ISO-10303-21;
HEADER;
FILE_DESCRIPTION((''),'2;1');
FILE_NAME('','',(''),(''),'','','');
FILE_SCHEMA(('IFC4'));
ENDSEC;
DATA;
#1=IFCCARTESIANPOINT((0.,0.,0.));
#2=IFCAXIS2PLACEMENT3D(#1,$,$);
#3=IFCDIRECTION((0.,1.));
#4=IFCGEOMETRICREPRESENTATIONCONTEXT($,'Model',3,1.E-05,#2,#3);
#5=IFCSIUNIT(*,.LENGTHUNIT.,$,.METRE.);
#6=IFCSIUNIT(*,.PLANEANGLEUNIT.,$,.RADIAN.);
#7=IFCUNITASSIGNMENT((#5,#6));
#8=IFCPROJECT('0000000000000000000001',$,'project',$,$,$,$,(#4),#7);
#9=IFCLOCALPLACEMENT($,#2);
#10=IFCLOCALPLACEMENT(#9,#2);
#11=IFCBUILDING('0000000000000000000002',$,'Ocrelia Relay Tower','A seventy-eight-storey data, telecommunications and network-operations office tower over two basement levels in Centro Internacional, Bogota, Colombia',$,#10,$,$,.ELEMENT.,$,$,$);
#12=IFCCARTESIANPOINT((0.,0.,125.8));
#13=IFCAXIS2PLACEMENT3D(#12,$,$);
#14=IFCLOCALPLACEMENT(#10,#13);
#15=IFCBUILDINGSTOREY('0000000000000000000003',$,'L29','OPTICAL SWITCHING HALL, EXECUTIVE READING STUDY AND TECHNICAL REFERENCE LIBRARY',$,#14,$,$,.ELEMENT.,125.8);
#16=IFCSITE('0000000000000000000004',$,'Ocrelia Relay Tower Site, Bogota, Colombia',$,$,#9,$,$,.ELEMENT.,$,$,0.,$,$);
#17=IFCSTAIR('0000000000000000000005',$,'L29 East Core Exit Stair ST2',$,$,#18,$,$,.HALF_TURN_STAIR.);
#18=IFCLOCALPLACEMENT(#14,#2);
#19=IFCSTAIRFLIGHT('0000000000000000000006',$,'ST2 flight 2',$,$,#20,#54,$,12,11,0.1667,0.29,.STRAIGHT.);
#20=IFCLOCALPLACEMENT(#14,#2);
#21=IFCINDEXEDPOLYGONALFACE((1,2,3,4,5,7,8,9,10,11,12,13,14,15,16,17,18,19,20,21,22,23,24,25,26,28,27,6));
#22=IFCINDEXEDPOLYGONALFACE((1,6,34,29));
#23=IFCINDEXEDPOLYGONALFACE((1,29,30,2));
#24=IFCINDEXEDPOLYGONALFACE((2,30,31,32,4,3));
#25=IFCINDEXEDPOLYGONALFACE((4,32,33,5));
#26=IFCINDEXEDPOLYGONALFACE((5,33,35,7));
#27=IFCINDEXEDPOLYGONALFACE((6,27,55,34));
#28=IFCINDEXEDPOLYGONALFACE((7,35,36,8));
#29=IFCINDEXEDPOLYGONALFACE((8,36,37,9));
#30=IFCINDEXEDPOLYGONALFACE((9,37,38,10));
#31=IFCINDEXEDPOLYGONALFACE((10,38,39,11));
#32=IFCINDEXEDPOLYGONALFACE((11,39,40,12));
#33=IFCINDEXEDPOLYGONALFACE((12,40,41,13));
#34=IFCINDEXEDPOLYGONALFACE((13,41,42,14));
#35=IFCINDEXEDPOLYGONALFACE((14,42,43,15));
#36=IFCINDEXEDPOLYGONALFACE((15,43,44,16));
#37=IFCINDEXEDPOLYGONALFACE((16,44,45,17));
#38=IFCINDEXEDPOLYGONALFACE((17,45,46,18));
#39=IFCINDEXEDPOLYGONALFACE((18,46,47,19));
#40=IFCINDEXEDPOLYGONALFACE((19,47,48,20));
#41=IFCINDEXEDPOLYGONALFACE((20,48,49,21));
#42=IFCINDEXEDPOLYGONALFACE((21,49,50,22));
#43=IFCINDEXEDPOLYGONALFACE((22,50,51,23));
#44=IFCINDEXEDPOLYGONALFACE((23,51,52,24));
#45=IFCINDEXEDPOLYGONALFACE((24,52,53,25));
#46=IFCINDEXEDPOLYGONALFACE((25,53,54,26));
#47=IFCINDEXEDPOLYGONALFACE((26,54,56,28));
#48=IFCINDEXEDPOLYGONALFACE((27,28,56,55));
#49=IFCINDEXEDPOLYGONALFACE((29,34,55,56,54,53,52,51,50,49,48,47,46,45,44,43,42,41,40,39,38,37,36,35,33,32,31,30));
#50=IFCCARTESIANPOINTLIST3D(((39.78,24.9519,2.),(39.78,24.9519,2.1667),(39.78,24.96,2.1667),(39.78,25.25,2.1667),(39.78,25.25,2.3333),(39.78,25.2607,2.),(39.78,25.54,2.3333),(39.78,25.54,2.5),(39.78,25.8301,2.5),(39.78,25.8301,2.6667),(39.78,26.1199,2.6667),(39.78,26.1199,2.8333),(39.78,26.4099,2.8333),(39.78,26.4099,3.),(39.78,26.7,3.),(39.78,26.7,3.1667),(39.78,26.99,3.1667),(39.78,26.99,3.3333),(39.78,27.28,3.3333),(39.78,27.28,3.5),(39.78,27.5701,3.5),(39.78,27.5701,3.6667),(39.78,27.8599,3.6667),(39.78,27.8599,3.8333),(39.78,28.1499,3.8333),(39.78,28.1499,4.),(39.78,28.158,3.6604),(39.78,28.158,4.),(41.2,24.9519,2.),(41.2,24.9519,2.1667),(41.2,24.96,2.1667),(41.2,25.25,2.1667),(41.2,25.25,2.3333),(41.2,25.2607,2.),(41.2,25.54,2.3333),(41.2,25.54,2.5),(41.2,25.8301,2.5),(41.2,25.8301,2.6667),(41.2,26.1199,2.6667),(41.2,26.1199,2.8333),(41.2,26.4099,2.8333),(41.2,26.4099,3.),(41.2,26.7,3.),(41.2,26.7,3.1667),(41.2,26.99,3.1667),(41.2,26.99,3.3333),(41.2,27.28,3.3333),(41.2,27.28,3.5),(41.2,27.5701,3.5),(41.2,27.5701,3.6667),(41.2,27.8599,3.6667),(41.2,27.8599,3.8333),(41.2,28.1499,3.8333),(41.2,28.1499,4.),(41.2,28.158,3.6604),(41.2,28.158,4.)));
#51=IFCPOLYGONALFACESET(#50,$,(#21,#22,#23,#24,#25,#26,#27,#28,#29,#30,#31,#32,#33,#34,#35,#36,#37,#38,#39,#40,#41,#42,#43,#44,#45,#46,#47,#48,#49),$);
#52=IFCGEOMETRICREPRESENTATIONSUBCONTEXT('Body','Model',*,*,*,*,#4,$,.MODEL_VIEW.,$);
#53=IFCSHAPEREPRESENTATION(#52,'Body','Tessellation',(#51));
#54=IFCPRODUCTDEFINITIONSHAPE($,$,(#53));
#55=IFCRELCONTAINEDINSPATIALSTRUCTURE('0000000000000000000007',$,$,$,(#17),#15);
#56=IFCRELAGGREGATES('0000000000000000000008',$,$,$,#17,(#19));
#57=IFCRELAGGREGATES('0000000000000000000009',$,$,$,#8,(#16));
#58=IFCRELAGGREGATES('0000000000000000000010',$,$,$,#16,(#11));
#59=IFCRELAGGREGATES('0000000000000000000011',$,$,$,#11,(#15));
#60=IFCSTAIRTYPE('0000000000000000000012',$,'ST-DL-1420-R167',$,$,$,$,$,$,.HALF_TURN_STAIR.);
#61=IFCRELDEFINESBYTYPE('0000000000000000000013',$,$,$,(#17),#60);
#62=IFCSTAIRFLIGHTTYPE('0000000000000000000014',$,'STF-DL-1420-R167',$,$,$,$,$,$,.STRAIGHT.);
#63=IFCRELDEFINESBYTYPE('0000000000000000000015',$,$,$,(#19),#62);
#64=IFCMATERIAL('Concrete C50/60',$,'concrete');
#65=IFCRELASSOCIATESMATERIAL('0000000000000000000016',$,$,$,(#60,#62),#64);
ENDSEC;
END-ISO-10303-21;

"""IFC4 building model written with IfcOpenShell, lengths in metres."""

from ifc_helpers import new_model, si_unit, direction, frame, origin, place, context, subcontext, project, spatial, polyline, outline, extrude, material, type_object, element, aggregate, save


model = new_model("IFC4")

# Units and contexts
model_context = context("Model", 3, precision=1e-05, world=origin(), true_north=direction((0.0, 1.0)))
body_context = subcontext(model_context, "Body", "Model", "MODEL_VIEW")
ifc_project = project(units=[si_unit("LENGTHUNIT", "METRE"), si_unit("PLANEANGLEUNIT", "RADIAN")], contexts=[model_context])

# Site, building, storey
site_placement = place(None, origin())
site = spatial("IfcSite", under=ifc_project, at=site_placement, Name="Ocrelia Relay Tower Site, Bogota, Colombia", CompositionType="ELEMENT", RefElevation=0.0)
building_placement = place(site_placement, origin())
building = spatial("IfcBuilding", under=site, at=building_placement, Name="Ocrelia Relay Tower", Description="A seventy-eight-storey data, telecommunications and network-operations office tower over two basement levels in Centro Internacional, Bogota, Colombia", CompositionType="ELEMENT")
storey_placement = place(building_placement, frame((0.0, 0.0, 125.8)))
storey = spatial("IfcBuildingStorey", under=building, at=storey_placement, Name="L29", Description="OPTICAL SWITCHING HALL, EXECUTIVE READING STUDY AND TECHNICAL REFERENCE LIBRARY", CompositionType="ELEMENT", Elevation=125.8)

# Shared definitions
ifc_material_1 = material(Name="Concrete C50/60", Category="concrete")

# Stair, stair flight
stair_type = type_object("IfcStairType", Name="ST-DL-1420-R167", PredefinedType="HALF_TURN_STAIR", material=ifc_material_1)
stair_placement = place(storey_placement, origin())
stair = element("IfcStair", 1, at=stair_placement, inside=storey, type_object=stair_type, Name="L29 East Core Exit Stair ST2", PredefinedType="HALF_TURN_STAIR")
stair_flight_type = type_object("IfcStairFlightType", Name="STF-DL-1420-R167", PredefinedType="STRAIGHT", material=ifc_material_1)
stair_flight_1_placement = place(storey_placement, frame((40.49, 24.96, 2.0), z_axis=(0.0, 0.0, 1.0), x_axis=(0.0, 1.0, 0.0)))
stair_flight_1 = element("IfcStairFlight", 2, at=stair_flight_1_placement, type_object=stair_flight_type, Name="ST2 flight 2", NumberOfRisers=12, NumberOfTreads=11, PredefinedType="STRAIGHT", RiserHeight=0.1667, TreadLength=0.29, context=body_context, shape_type="SweptSolid", body=[
    extrude(outline(polyline([(-0.0081, 0.0), (-0.0081, 0.1667), (0.0, 0.1667), (0.29, 0.1667), (0.29, 0.3333), (0.5801, 0.3333), (0.5801, 0.5), (0.8701, 0.5), (0.8701, 0.6667), (1.1599, 0.6667), (1.1599, 0.8333), (1.45, 0.8333), (1.45, 1.0), (1.74, 1.0), (1.74, 1.1667), (2.03, 1.1667), (2.03, 1.3333), (2.3201, 1.3333), (2.3201, 1.5), (2.6101, 1.5), (2.6101, 1.6667), (2.8999, 1.6667), (2.8999, 1.8333), (3.1899, 1.8333), (3.1899, 2.0), (3.198, 2.0), (3.198, 1.6604), (0.3008, 0.0), (-0.0081, 0.0)])), frame((0.0, 0.71, 0.0), z_axis=(0.0, -1.0, 0.0), x_axis=(1.0, 0.0, 0.0)), (0.0, 0.0, 1.0), 1.4199),
])
aggregate(stair, [stair_flight_1])

save(model, "model.ifc")
